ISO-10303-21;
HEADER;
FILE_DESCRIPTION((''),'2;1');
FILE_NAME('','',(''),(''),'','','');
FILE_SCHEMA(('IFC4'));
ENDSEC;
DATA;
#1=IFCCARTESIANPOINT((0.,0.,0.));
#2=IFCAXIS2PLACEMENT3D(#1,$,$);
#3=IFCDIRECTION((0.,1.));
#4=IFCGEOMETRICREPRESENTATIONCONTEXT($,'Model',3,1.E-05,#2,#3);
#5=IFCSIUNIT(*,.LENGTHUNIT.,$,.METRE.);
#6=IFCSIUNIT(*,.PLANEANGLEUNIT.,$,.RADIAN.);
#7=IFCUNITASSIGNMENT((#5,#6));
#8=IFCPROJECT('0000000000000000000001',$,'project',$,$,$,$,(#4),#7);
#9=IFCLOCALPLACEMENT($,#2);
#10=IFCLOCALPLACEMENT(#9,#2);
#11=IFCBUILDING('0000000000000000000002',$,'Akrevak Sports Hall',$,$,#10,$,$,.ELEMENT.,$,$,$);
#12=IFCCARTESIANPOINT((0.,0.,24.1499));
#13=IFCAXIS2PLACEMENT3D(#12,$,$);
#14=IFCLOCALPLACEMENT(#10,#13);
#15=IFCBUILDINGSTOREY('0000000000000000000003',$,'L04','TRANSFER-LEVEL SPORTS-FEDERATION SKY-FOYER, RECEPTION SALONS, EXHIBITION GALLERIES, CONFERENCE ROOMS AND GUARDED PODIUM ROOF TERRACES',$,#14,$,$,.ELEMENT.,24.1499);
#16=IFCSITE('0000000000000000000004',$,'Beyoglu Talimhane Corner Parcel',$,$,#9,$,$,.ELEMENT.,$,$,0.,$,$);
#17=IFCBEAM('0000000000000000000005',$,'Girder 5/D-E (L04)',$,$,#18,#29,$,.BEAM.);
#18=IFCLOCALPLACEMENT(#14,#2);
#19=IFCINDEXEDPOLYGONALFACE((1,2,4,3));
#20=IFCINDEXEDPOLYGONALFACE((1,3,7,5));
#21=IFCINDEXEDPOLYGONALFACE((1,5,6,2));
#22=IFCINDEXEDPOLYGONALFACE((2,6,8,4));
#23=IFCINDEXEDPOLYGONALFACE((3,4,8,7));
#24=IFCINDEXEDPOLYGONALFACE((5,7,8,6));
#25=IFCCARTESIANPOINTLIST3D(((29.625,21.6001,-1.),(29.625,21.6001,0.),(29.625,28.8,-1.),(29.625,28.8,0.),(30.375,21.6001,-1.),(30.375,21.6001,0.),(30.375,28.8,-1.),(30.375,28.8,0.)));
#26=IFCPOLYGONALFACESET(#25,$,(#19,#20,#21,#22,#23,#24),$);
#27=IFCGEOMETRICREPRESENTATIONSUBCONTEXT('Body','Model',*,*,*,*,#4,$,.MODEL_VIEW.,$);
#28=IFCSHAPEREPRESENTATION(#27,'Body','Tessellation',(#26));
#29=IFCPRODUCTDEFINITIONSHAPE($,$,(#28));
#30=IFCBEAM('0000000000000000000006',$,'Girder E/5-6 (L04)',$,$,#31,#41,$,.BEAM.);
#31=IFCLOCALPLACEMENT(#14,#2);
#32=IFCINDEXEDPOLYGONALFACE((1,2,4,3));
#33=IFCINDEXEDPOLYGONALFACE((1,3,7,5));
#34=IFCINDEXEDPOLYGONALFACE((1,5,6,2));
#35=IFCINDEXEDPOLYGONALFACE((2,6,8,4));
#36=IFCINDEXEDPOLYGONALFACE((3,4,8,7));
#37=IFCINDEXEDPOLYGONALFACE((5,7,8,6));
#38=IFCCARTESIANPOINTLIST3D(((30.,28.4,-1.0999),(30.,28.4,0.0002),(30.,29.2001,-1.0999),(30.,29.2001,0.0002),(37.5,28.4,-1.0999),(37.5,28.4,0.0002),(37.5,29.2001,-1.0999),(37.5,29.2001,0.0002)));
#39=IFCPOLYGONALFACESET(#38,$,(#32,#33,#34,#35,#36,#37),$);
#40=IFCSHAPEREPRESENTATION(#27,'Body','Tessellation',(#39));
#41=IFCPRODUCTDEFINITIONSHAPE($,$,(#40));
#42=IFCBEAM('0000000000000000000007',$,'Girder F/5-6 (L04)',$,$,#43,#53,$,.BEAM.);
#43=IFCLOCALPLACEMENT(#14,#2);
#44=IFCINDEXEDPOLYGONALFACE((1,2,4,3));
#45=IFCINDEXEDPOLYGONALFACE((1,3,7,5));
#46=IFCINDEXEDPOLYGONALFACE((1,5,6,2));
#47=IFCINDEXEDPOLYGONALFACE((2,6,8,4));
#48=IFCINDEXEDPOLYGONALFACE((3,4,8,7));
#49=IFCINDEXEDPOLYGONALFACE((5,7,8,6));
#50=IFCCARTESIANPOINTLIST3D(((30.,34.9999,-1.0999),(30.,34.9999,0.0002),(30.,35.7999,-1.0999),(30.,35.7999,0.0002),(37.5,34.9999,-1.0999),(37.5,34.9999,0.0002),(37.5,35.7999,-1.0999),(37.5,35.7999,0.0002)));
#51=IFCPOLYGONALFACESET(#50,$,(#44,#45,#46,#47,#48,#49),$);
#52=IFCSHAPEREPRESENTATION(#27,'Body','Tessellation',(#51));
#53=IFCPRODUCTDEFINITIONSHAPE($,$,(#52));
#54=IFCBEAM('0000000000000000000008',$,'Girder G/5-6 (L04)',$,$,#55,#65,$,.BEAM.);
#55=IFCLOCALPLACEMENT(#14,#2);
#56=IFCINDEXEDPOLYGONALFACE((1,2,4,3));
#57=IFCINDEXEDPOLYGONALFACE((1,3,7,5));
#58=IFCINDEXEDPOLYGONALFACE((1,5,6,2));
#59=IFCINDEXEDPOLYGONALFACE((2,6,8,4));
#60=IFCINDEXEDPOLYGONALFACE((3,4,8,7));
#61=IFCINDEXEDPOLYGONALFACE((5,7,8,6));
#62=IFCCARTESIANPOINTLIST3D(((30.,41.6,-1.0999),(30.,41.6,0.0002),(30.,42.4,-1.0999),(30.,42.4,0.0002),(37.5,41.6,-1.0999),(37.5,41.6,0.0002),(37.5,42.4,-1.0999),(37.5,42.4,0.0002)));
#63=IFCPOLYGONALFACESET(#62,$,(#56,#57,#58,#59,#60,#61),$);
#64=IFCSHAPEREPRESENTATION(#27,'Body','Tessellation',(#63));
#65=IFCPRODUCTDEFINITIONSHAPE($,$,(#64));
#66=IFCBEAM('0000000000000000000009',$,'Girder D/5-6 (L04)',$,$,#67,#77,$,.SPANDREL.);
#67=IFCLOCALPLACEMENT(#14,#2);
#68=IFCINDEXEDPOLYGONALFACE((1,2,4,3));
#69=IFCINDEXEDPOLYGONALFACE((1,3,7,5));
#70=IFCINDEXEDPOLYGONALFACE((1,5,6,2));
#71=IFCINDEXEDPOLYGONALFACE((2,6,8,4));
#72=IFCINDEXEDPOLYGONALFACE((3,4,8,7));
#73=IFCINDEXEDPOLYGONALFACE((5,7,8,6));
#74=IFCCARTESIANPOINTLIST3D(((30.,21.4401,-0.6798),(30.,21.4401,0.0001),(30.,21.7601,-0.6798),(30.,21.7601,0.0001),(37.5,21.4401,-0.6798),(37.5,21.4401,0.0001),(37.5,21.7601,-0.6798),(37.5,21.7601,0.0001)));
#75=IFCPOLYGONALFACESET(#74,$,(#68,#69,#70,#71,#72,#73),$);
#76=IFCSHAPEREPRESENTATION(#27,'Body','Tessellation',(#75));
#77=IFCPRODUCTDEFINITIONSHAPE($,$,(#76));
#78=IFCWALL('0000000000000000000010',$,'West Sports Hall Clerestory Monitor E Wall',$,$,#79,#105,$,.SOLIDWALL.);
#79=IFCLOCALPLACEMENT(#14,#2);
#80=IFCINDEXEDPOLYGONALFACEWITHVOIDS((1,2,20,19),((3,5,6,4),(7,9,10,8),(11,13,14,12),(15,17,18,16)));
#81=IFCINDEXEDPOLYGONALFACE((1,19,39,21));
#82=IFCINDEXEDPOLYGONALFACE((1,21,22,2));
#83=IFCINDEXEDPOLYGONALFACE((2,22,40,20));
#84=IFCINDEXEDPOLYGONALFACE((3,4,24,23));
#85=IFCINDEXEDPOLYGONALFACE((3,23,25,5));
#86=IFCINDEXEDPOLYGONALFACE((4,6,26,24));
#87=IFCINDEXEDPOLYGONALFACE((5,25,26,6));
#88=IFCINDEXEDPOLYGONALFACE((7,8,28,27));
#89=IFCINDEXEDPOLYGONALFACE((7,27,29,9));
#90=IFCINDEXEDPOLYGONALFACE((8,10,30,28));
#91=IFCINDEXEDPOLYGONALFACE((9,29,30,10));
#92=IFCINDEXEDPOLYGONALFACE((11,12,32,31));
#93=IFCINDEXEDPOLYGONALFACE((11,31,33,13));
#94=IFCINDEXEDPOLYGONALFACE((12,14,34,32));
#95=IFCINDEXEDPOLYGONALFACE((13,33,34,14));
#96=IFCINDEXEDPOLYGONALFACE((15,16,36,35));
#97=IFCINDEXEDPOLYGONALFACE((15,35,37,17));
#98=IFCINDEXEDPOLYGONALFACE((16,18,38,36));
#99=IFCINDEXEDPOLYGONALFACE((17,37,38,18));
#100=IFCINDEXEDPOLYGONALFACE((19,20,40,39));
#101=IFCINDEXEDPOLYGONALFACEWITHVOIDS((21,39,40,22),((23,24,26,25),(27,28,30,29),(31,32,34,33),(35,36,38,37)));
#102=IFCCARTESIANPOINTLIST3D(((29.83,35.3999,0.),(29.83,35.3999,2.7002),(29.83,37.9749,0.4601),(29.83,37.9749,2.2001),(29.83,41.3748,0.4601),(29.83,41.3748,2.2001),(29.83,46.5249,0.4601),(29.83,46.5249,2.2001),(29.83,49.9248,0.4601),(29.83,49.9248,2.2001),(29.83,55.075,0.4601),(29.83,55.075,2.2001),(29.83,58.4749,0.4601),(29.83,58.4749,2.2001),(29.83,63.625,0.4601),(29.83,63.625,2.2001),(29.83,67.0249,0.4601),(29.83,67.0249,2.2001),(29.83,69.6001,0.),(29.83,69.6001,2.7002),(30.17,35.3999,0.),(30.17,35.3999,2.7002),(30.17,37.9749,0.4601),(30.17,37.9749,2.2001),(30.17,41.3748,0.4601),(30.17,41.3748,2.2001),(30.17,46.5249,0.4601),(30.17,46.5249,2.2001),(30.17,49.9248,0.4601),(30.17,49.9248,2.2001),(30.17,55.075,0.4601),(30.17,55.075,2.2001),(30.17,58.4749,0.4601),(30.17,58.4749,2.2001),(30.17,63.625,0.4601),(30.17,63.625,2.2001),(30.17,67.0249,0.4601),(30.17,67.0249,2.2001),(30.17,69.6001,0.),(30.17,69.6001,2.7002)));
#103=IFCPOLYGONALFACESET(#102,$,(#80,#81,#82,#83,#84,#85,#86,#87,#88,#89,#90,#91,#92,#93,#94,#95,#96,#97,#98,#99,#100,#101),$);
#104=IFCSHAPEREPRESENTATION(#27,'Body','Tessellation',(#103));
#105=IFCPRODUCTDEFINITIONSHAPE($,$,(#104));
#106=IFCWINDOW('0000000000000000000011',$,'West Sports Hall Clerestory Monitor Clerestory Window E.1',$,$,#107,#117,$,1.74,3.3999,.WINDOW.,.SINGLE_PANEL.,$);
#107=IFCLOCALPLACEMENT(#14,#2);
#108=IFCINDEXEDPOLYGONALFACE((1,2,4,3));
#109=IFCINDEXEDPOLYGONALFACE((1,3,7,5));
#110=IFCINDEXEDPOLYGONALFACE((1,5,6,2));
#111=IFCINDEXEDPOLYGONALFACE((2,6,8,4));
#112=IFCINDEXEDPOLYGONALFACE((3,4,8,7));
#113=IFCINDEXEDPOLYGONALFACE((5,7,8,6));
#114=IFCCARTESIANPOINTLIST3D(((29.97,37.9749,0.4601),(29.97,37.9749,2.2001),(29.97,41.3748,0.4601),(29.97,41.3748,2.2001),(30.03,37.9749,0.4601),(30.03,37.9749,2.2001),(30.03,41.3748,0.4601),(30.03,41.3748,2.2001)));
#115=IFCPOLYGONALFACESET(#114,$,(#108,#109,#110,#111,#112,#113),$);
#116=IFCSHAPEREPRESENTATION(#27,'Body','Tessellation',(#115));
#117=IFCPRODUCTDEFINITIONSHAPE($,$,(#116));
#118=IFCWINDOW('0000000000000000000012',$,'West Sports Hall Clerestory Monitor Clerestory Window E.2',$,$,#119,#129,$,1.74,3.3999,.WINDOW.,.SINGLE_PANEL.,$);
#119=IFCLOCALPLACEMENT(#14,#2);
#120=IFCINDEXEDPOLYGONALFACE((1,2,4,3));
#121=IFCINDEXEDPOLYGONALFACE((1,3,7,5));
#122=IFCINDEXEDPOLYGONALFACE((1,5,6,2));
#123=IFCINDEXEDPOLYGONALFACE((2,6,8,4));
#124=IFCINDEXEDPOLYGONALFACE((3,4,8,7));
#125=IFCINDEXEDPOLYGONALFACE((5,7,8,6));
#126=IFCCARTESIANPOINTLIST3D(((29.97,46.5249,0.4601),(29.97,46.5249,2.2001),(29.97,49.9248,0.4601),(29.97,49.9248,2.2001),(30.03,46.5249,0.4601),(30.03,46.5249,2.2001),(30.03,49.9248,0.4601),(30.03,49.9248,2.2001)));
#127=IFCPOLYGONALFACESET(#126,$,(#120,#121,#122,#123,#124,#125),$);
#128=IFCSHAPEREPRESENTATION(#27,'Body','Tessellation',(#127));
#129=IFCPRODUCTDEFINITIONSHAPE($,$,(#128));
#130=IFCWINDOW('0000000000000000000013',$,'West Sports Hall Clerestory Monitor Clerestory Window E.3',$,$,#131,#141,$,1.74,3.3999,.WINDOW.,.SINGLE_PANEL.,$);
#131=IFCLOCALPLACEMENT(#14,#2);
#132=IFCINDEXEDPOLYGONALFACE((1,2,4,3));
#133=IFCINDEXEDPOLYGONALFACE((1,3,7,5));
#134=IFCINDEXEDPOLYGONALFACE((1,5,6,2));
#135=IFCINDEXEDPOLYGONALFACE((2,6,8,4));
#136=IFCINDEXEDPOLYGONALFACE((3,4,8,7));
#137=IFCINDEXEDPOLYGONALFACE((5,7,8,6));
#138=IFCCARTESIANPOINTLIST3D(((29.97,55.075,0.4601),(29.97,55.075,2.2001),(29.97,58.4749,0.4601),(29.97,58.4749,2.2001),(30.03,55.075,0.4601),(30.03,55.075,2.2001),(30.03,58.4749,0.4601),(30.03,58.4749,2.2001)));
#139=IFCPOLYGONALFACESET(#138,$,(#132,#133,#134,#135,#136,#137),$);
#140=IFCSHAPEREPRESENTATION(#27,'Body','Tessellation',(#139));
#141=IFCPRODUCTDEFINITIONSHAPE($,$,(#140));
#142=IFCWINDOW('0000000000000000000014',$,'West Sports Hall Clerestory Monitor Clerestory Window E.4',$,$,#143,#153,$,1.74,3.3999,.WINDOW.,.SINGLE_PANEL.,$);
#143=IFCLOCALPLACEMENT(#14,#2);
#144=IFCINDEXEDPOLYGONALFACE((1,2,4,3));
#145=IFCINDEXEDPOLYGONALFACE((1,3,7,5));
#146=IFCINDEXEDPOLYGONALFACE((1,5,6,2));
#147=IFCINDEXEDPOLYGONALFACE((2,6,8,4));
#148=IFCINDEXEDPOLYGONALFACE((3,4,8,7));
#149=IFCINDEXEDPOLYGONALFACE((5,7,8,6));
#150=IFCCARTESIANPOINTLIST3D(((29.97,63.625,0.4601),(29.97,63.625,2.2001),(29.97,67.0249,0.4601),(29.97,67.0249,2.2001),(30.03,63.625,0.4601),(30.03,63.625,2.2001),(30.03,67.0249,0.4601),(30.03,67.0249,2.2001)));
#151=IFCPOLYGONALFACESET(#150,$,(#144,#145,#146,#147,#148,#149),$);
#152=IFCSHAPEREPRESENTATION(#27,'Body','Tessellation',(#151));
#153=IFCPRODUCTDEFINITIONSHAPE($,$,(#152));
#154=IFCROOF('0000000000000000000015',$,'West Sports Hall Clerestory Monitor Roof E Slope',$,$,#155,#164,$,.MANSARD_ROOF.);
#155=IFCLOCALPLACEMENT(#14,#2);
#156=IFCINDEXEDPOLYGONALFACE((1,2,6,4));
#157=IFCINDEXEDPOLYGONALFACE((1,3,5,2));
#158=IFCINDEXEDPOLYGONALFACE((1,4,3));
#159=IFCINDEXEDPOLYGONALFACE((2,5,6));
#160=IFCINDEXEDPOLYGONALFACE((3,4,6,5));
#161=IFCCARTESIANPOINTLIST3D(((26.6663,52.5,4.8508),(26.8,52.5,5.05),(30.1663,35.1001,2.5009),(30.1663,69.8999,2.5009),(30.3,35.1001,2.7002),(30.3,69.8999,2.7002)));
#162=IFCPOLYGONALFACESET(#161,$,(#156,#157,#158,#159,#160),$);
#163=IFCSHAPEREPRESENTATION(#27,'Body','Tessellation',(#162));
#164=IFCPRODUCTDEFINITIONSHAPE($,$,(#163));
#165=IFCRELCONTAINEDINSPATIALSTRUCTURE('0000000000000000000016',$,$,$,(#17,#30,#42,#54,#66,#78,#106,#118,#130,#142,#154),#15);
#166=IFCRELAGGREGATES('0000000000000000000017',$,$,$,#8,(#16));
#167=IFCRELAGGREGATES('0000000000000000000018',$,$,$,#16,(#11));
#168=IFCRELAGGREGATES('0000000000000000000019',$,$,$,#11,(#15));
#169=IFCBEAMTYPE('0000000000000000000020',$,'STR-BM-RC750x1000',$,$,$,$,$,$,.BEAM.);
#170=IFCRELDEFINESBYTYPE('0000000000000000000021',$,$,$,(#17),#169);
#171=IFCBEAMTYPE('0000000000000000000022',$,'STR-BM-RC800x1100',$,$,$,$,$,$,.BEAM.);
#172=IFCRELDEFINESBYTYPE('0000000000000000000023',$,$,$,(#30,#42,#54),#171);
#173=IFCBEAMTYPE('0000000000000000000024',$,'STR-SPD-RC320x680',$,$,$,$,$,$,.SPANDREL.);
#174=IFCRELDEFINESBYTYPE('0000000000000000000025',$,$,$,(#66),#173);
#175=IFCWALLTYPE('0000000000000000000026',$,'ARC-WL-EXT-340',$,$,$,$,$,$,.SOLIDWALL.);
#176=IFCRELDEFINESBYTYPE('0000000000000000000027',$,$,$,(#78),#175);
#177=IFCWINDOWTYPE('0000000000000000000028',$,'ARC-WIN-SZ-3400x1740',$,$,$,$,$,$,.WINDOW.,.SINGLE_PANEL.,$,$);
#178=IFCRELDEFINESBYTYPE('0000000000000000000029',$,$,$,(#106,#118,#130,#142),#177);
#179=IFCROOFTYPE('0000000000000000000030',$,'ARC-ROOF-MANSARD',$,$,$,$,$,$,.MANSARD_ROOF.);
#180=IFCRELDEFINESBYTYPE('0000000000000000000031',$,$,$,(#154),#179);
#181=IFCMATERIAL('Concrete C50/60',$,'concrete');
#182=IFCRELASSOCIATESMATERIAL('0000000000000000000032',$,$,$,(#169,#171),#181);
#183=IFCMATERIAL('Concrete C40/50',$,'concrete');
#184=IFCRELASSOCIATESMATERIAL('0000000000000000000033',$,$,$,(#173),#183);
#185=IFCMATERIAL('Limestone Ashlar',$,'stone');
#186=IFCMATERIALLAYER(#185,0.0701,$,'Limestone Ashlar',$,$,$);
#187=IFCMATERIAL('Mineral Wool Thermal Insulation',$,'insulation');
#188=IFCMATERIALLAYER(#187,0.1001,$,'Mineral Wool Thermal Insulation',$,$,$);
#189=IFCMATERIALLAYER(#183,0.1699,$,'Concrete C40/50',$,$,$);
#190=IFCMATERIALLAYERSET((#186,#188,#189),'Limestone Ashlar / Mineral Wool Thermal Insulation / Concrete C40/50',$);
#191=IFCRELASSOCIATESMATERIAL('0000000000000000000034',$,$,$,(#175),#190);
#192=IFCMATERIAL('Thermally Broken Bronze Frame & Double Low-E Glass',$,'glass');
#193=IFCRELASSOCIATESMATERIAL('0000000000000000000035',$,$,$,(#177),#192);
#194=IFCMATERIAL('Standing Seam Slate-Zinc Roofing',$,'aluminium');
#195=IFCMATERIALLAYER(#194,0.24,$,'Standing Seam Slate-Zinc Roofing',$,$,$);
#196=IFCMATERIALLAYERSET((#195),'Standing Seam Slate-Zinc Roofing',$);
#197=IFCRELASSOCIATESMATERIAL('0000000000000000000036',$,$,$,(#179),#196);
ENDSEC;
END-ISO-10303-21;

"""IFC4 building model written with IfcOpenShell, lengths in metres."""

from ifc_helpers import new_model, si_unit, direction, frame, frame_2d, origin, origin_2d, place, context, subcontext, project, spatial, polyline, rectangle, outline, extrude, material, layer, layer_set, material_profile, profile_set, type_object, element, fill, save


model = new_model("IFC4")

# Units and contexts
model_context = context("Model", 3, precision=1e-05, world=origin(), true_north=direction((0.0, 1.0)))
body_context = subcontext(model_context, "Body", "Model", "MODEL_VIEW")
ifc_project = project(units=[si_unit("LENGTHUNIT", "METRE"), si_unit("PLANEANGLEUNIT", "RADIAN")], contexts=[model_context])

# Site, building, storey
site_placement = place(None, origin())
site = spatial("IfcSite", under=ifc_project, at=site_placement, Name="Beyoglu Talimhane Corner Parcel", CompositionType="ELEMENT", RefElevation=0.0)
building_placement = place(site_placement, origin())
building = spatial("IfcBuilding", under=site, at=building_placement, Name="Akrevak Sports Hall", CompositionType="ELEMENT")
storey_placement = place(building_placement, frame((0.0, 0.0, 24.1499)))
storey = spatial("IfcBuildingStorey", under=building, at=storey_placement, Name="L04", Description="TRANSFER-LEVEL SPORTS-FEDERATION SKY-FOYER, RECEPTION SALONS, EXHIBITION GALLERIES, CONFERENCE ROOMS AND GUARDED PODIUM ROOF TERRACES", CompositionType="ELEMENT", Elevation=24.1499)

# Beams
ifc_material_1 = material(Name="Concrete C50/60", Category="concrete")
ifc_material_profile_1 = material_profile(ifc_material_1, rectangle(XDim=0.75, YDim=1.0, at=origin_2d()), Name="BM 750x1000", Category="concrete")
ifc_profile_set_1 = profile_set([ifc_material_profile_1], Name="Concrete C50/60")
beam_type_1 = type_object("IfcBeamType", Name="STR-BM-RC750x1000", PredefinedType="BEAM", material=ifc_profile_set_1)
beam_1_placement = place(storey_placement, frame((30.0, 21.6001, -0.5), z_axis=(0.0, 1.0, 0.0), x_axis=(-1.0, 0.0, 0.0)))
element("IfcBeam", 1, at=beam_1_placement, inside=storey, type_object=beam_type_1, Name="Girder 5/D-E (L04)", PredefinedType="BEAM", context=body_context, shape_type="SweptSolid", body=[
    extrude(rectangle(XDim=0.75, YDim=1.0, at=origin_2d()), origin(), (0.0, 0.0, 1.0), 7.2),
])
ifc_material_profile_2 = material_profile(ifc_material_1, rectangle(XDim=0.8, YDim=1.1001, at=origin_2d()), Name="BM 800x1100", Category="concrete")
ifc_profile_set_2 = profile_set([ifc_material_profile_2], Name="Concrete C50/60")
beam_type_2 = type_object("IfcBeamType", Name="STR-BM-RC800x1100", PredefinedType="BEAM", material=ifc_profile_set_2)
for number, where, z_axis, x_axis, name in (
    (2, (30.0, 28.8, -0.5498), (1.0, 0.0, 0.0), (0.0, 1.0, 0.0), "Girder E/5-6 (L04)"),
    (3, (30.0, 35.3999, -0.5498), (1.0, 0.0, 0.0), (0.0, 1.0, 0.0), "Girder F/5-6 (L04)"),
    (4, (30.0, 42.0, -0.5498), (1.0, 0.0, 0.0), (0.0, 1.0, 0.0), "Girder G/5-6 (L04)"),
):
    element("IfcBeam", number, at=place(storey_placement, frame(where, z_axis=z_axis, x_axis=x_axis)), inside=storey, type_object=beam_type_2, Name=name, PredefinedType="BEAM", context=body_context, shape_type="SweptSolid", body=[
        extrude(rectangle(XDim=0.8, YDim=1.1001, at=origin_2d()), origin(), (0.0, 0.0, 1.0), 7.5),
    ])
ifc_material_2 = material(Name="Concrete C40/50", Category="concrete")
ifc_material_profile_3 = material_profile(ifc_material_2, rectangle(XDim=0.3201, YDim=0.6799, at=origin_2d()), Name="SPD 320x680", Category="concrete")
ifc_profile_set_3 = profile_set([ifc_material_profile_3], Name="Concrete C40/50")
beam_type_3 = type_object("IfcBeamType", Name="STR-SPD-RC320x680", PredefinedType="SPANDREL", material=ifc_profile_set_3)
beam_2_placement = place(storey_placement, frame((30.0, 21.6001, -0.3398), z_axis=(1.0, 0.0, 0.0), x_axis=(0.0, 1.0, 0.0)))
element("IfcBeam", 5, at=beam_2_placement, inside=storey, type_object=beam_type_3, Name="Girder D/5-6 (L04)", PredefinedType="SPANDREL", context=body_context, shape_type="SweptSolid", body=[
    extrude(rectangle(XDim=0.3201, YDim=0.6799, at=origin_2d()), origin(), (0.0, 0.0, 1.0), 7.5),
])

# Wall, openings, windows
ifc_material_3 = material(Name="Limestone Ashlar", Category="stone")
ifc_layer_1 = layer(ifc_material_3, 0.0701, Name="Limestone Ashlar")
ifc_material_4 = material(Name="Mineral Wool Thermal Insulation", Category="insulation")
ifc_layer_2 = layer(ifc_material_4, 0.1001, Name="Mineral Wool Thermal Insulation")
ifc_layer_3 = layer(ifc_material_2, 0.1699, Name="Concrete C40/50")
ifc_layer_set_1 = layer_set([ifc_layer_1, ifc_layer_2, ifc_layer_3], Name="Limestone Ashlar / Mineral Wool Thermal Insulation / Concrete C40/50")
wall_type = type_object("IfcWallType", Name="ARC-WL-EXT-340", PredefinedType="SOLIDWALL", material=ifc_layer_set_1)
wall_placement = place(storey_placement, frame((30.0, 35.3999, 0.0), z_axis=(0.0, 0.0, 1.0), x_axis=(0.0, 1.0, 0.0)))
wall = element("IfcWall", 6, at=wall_placement, inside=storey, type_object=wall_type, Name="West Sports Hall Clerestory Monitor E Wall", PredefinedType="SOLIDWALL", context=body_context, shape_type="SweptSolid", body=[
    extrude(rectangle(XDim=34.2002, YDim=0.3401, at=frame_2d((17.1001, 0.0))), origin(), (0.0, 0.0, 1.0), 2.7002),
])
opening_1_placement = place(wall_placement, frame((2.575, 0.0, 0.46)))
opening_1 = element("IfcOpeningElement", 7, at=opening_1_placement, cuts=wall, PredefinedType="OPENING", context=body_context, shape_type="SweptSolid", body=[
    extrude(rectangle(XDim=3.3999, YDim=1.74, at=frame_2d((1.7, 0.8701))), frame((0.0, 0.1821, 0.0), z_axis=(0.0, -1.0, 0.0), x_axis=(1.0, 0.0, 0.0)), (0.0, 0.0, 1.0), 0.364),
])
opening_2_placement = place(wall_placement, frame((11.125, 0.0, 0.46)))
opening_2 = element("IfcOpeningElement", 8, at=opening_2_placement, cuts=wall, PredefinedType="OPENING", context=body_context, shape_type="SweptSolid", body=[
    extrude(rectangle(XDim=3.3999, YDim=1.74, at=frame_2d((1.7, 0.8701))), frame((0.0, 0.1821, 0.0), z_axis=(0.0, -1.0, 0.0), x_axis=(1.0, 0.0, 0.0)), (0.0, 0.0, 1.0), 0.364),
])
opening_3_placement = place(wall_placement, frame((19.675, 0.0, 0.46)))
opening_3 = element("IfcOpeningElement", 9, at=opening_3_placement, cuts=wall, PredefinedType="OPENING", context=body_context, shape_type="SweptSolid", body=[
    extrude(rectangle(XDim=3.3999, YDim=1.74, at=frame_2d((1.7, 0.8701))), frame((0.0, 0.1821, 0.0), z_axis=(0.0, -1.0, 0.0), x_axis=(1.0, 0.0, 0.0)), (0.0, 0.0, 1.0), 0.364),
])
opening_4_placement = place(wall_placement, frame((28.2251, 0.0, 0.46)))
opening_4 = element("IfcOpeningElement", 10, at=opening_4_placement, cuts=wall, PredefinedType="OPENING", context=body_context, shape_type="SweptSolid", body=[
    extrude(rectangle(XDim=3.3999, YDim=1.74, at=frame_2d((1.7, 0.8701))), frame((0.0, 0.1821, 0.0), z_axis=(0.0, -1.0, 0.0), x_axis=(1.0, 0.0, 0.0)), (0.0, 0.0, 1.0), 0.364),
])
ifc_material_5 = material(Name="Thermally Broken Bronze Frame & Double Low-E Glass", Category="glass")
window_type = type_object("IfcWindowType", Name="ARC-WIN-SZ-3400x1740", PartitioningType="SINGLE_PANEL", PredefinedType="WINDOW", material=ifc_material_5)
window_1_placement = place(opening_1_placement, origin())
window_1 = element("IfcWindow", 11, at=window_1_placement, inside=storey, type_object=window_type, Name="West Sports Hall Clerestory Monitor Clerestory Window E.1", OverallHeight=1.74, OverallWidth=3.3999, PartitioningType="SINGLE_PANEL", PredefinedType="WINDOW", context=body_context, shape_type="SweptSolid", body=[
    extrude(rectangle(XDim=3.3999, YDim=1.74, at=frame_2d((1.7, 0.8701))), frame((0.0, 0.03, 0.0), z_axis=(0.0, -1.0, 0.0), x_axis=(1.0, 0.0, 0.0)), (0.0, 0.0, 1.0), 0.0601),
])
fill(opening_1, window_1)
window_2_placement = place(opening_2_placement, origin())
window_2 = element("IfcWindow", 12, at=window_2_placement, inside=storey, type_object=window_type, Name="West Sports Hall Clerestory Monitor Clerestory Window E.2", OverallHeight=1.74, OverallWidth=3.3999, PartitioningType="SINGLE_PANEL", PredefinedType="WINDOW", context=body_context, shape_type="SweptSolid", body=[
    extrude(rectangle(XDim=3.3999, YDim=1.74, at=frame_2d((1.7, 0.8701))), frame((0.0, 0.03, 0.0), z_axis=(0.0, -1.0, 0.0), x_axis=(1.0, 0.0, 0.0)), (0.0, 0.0, 1.0), 0.0601),
])
fill(opening_2, window_2)
window_3_placement = place(opening_3_placement, origin())
window_3 = element("IfcWindow", 13, at=window_3_placement, inside=storey, type_object=window_type, Name="West Sports Hall Clerestory Monitor Clerestory Window E.3", OverallHeight=1.74, OverallWidth=3.3999, PartitioningType="SINGLE_PANEL", PredefinedType="WINDOW", context=body_context, shape_type="SweptSolid", body=[
    extrude(rectangle(XDim=3.3999, YDim=1.74, at=frame_2d((1.7, 0.8701))), frame((0.0, 0.03, 0.0), z_axis=(0.0, -1.0, 0.0), x_axis=(1.0, 0.0, 0.0)), (0.0, 0.0, 1.0), 0.0601),
])
fill(opening_3, window_3)
window_4_placement = place(opening_4_placement, origin())
window_4 = element("IfcWindow", 14, at=window_4_placement, inside=storey, type_object=window_type, Name="West Sports Hall Clerestory Monitor Clerestory Window E.4", OverallHeight=1.74, OverallWidth=3.3999, PartitioningType="SINGLE_PANEL", PredefinedType="WINDOW", context=body_context, shape_type="SweptSolid", body=[
    extrude(rectangle(XDim=3.3999, YDim=1.74, at=frame_2d((1.7, 0.8701))), frame((0.0, 0.03, 0.0), z_axis=(0.0, -1.0, 0.0), x_axis=(1.0, 0.0, 0.0)), (0.0, 0.0, 1.0), 0.0601),
])
fill(opening_4, window_4)

# Roof
ifc_material_6 = material(Name="Standing Seam Slate-Zinc Roofing", Category="aluminium")
ifc_layer_4 = layer(ifc_material_6, 0.24, Name="Standing Seam Slate-Zinc Roofing")
ifc_layer_set_2 = layer_set([ifc_layer_4], Name="Standing Seam Slate-Zinc Roofing")
roof_type = type_object("IfcRoofType", Name="ARC-ROOF-MANSARD", PredefinedType="MANSARD_ROOF", material=ifc_layer_set_2)
roof_placement = place(storey_placement, frame((30.3, 35.1001, 2.7002), z_axis=(0.55741, 0.0, 0.830237), x_axis=(0.0, 1.0, 0.0)))
element("IfcRoof", 15, at=roof_placement, inside=storey, type_object=roof_type, Name="West Sports Hall Clerestory Monitor Roof E Slope", PredefinedType="MANSARD_ROOF", context=body_context, shape_type="SweptSolid", body=[
    extrude(outline(polyline([(0.0, 0.0), (34.7998, 0.0), (17.3999, 4.2157), (0.0, 0.0)])), origin(), (0.0, 0.0, -1.0), 0.24),
])

save(model, "model.ifc")
